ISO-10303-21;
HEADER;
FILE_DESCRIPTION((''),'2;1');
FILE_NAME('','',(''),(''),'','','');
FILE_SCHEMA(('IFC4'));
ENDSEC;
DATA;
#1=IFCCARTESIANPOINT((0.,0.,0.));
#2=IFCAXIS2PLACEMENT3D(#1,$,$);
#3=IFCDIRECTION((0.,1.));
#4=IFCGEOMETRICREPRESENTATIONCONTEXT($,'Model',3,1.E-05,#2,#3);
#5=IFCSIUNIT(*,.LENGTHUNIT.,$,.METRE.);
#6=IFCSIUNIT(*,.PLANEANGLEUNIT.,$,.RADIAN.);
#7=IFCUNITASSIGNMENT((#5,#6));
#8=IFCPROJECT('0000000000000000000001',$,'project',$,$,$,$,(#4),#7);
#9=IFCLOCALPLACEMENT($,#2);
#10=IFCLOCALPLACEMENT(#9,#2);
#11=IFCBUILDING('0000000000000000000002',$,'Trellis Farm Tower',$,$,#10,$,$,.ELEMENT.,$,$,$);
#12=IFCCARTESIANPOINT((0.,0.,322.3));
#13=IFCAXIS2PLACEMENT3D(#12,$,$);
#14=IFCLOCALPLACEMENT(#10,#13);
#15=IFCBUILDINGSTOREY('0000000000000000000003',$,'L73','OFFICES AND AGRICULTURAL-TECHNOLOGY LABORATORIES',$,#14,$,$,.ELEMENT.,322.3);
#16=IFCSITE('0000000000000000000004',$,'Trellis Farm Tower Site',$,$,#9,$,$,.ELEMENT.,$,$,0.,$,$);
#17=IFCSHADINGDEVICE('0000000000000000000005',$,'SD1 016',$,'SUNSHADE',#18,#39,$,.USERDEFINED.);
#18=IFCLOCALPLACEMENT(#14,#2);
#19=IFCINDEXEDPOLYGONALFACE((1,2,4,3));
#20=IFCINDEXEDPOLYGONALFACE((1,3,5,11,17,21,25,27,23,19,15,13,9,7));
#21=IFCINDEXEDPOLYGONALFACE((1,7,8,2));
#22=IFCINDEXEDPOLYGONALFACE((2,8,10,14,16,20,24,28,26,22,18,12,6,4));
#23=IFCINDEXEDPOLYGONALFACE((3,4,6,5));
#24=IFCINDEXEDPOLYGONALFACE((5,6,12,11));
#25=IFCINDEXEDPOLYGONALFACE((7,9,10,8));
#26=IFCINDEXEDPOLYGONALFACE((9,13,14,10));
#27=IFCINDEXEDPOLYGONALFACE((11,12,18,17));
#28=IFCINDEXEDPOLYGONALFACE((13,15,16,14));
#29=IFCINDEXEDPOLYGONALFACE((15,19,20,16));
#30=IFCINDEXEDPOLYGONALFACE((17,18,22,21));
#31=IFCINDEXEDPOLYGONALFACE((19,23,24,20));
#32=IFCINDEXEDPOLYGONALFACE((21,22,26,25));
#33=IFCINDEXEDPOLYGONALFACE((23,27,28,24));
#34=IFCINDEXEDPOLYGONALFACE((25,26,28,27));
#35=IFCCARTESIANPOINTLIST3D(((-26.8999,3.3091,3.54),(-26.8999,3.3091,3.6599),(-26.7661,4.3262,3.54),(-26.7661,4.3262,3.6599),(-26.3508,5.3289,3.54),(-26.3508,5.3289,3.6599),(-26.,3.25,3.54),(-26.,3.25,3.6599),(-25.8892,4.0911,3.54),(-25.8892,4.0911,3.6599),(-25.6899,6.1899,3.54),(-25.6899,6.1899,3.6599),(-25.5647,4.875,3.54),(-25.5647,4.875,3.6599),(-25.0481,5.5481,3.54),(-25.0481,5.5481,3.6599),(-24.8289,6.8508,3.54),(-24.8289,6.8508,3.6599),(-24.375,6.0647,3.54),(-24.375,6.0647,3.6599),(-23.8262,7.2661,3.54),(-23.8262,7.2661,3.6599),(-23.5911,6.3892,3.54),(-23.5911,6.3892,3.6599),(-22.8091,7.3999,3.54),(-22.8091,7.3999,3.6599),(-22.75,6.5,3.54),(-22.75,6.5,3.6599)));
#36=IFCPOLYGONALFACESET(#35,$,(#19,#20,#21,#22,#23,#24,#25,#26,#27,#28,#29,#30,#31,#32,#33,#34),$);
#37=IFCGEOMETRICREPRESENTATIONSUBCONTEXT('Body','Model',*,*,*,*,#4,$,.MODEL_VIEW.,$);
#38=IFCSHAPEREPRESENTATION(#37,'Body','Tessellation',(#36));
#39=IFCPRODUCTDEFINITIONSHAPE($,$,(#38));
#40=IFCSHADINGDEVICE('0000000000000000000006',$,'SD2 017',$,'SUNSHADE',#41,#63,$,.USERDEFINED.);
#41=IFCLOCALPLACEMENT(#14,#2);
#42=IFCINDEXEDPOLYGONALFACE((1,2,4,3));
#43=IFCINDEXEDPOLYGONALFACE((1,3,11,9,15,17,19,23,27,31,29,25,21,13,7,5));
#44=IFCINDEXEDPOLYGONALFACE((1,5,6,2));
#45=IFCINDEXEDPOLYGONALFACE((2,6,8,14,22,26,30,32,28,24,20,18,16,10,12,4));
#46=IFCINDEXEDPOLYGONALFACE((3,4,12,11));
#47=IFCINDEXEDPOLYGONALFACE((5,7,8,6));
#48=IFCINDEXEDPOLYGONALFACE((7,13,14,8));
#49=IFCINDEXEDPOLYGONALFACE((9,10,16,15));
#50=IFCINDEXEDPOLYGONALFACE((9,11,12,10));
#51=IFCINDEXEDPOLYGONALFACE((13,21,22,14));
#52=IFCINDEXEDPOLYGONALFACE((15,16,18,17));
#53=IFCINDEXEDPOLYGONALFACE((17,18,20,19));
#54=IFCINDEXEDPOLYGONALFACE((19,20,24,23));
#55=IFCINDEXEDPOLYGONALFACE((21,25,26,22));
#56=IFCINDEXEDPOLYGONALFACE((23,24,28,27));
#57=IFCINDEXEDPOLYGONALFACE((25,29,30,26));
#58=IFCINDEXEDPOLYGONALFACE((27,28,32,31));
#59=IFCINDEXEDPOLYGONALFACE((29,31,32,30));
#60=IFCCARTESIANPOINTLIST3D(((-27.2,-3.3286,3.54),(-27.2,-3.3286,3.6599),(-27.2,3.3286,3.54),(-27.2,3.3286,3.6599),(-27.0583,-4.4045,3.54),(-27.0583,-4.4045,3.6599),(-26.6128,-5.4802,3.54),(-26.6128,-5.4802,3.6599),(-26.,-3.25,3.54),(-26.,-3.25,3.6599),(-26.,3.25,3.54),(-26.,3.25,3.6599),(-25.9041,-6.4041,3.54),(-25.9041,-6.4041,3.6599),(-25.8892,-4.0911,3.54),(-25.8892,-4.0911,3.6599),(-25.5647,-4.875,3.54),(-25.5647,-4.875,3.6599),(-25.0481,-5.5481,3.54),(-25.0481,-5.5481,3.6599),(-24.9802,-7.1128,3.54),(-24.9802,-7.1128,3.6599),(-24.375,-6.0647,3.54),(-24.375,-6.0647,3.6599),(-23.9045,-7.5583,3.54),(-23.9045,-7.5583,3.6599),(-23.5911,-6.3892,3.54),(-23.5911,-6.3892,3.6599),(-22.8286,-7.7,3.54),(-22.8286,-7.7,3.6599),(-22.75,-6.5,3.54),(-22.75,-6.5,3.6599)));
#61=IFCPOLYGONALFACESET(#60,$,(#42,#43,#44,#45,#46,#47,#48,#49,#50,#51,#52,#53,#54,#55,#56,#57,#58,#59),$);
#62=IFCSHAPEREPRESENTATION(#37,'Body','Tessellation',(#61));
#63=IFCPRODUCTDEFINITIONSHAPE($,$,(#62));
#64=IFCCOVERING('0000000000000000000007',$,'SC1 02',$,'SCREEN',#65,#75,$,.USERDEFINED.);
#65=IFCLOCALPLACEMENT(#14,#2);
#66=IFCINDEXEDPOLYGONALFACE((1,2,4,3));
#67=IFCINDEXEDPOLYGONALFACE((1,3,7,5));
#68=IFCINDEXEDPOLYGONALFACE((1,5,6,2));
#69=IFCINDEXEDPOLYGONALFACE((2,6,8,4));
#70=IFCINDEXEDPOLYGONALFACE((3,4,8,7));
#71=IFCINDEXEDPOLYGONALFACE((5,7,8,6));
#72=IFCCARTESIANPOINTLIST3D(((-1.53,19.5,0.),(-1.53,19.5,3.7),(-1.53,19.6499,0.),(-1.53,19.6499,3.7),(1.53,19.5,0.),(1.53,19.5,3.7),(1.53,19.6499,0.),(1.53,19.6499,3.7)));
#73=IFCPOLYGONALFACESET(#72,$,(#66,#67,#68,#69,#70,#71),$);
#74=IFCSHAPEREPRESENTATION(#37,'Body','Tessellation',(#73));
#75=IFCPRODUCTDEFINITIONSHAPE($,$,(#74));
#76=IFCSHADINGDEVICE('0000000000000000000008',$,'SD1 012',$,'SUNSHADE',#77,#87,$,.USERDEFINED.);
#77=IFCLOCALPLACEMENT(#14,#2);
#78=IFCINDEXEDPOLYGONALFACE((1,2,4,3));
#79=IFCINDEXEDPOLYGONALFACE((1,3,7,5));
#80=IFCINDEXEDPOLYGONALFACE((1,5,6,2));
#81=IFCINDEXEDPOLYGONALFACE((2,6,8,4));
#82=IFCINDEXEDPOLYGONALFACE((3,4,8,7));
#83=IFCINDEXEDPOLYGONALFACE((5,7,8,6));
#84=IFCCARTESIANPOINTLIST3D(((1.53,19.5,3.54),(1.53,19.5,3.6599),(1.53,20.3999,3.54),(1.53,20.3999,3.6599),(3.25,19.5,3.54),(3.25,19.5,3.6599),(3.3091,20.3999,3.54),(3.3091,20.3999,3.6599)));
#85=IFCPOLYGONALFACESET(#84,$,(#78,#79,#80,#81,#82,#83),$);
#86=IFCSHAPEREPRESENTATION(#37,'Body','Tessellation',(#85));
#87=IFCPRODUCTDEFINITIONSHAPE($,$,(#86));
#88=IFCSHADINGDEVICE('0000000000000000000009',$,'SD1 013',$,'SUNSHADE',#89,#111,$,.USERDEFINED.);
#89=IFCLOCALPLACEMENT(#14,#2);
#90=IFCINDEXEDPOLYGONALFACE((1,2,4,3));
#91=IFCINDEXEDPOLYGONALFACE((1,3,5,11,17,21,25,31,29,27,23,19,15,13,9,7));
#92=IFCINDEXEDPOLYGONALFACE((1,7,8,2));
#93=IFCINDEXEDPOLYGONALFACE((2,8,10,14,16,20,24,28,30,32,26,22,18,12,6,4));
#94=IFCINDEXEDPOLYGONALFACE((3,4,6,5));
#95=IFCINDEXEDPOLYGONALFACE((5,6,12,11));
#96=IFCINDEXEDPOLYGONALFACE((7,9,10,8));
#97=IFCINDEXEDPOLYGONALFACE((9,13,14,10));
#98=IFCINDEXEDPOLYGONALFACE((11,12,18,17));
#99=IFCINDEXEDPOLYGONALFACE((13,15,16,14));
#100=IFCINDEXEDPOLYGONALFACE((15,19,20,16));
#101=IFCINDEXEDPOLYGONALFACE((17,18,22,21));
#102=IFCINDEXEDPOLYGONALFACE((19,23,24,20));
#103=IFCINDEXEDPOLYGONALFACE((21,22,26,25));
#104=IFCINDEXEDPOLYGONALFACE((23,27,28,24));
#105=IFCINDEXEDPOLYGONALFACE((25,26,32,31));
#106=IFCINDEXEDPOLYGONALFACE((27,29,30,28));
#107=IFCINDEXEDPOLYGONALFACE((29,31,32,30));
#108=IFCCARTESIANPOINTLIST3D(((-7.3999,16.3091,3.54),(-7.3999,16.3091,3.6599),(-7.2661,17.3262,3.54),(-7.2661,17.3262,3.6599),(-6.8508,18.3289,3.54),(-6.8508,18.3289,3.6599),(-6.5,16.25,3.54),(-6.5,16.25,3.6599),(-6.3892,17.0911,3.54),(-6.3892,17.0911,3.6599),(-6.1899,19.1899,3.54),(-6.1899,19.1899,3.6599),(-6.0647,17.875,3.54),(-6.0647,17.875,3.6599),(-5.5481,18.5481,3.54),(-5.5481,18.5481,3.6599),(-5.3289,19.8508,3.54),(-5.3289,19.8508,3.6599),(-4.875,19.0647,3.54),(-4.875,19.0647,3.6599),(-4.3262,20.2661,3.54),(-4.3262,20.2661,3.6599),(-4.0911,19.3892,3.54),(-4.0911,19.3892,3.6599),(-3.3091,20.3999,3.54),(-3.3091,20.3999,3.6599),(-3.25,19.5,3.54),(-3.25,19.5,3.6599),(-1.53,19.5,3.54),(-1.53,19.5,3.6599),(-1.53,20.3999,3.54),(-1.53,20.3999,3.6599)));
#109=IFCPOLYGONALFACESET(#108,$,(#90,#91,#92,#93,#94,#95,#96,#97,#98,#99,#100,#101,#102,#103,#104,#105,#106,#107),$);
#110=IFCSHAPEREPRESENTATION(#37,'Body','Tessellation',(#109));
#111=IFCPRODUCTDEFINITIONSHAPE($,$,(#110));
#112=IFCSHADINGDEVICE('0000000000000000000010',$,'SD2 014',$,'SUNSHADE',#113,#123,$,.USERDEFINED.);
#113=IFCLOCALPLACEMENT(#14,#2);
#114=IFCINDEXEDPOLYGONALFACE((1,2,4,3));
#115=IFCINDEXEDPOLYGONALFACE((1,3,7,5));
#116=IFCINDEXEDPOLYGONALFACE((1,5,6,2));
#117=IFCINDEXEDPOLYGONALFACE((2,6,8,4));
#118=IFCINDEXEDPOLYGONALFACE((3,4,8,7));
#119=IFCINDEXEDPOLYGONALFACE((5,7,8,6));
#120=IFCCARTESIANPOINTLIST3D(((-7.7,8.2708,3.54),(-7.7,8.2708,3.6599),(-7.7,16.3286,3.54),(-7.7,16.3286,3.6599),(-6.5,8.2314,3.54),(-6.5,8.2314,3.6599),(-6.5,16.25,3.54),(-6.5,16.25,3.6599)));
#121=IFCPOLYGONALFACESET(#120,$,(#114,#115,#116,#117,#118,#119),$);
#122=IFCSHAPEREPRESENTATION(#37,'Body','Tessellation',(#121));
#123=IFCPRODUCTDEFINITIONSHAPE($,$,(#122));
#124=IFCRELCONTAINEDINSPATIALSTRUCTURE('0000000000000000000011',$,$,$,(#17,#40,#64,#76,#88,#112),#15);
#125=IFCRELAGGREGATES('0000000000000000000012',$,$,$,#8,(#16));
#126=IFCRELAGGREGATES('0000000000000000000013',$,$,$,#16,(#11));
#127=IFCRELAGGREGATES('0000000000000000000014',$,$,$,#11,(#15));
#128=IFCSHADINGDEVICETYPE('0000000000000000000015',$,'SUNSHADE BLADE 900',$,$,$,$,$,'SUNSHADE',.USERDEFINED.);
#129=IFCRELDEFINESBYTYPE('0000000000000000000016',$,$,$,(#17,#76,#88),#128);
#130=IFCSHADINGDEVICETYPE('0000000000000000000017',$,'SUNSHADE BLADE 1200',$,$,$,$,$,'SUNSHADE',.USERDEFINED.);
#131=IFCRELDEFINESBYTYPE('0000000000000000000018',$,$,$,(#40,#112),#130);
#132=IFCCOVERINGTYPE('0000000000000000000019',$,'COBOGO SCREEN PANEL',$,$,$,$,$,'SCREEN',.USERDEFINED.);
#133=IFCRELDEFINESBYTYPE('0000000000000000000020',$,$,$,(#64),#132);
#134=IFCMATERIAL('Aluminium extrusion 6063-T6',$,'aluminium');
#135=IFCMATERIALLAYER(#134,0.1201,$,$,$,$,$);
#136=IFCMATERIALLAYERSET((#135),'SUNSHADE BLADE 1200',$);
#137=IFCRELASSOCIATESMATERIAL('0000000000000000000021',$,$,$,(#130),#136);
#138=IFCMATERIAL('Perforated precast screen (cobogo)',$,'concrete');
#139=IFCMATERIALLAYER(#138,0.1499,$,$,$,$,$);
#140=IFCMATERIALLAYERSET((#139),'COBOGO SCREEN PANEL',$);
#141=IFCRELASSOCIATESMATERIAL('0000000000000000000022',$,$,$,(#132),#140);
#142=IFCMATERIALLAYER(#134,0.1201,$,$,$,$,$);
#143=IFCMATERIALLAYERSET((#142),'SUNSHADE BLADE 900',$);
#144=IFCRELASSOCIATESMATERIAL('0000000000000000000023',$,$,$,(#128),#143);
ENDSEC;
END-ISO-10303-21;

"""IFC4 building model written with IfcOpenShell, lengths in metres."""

from ifc_helpers import new_model, si_unit, direction, frame, origin, place, context, subcontext, project, spatial, polyline, outline, extrude, source, transform, mapped, material, layer, layer_set, type_object, element, save


model = new_model("IFC4")

# Units and contexts
model_context = context("Model", 3, precision=1e-05, world=origin(), true_north=direction((0.0, 1.0)))
body_context = subcontext(model_context, "Body", "Model", "MODEL_VIEW")
ifc_project = project(units=[si_unit("LENGTHUNIT", "METRE"), si_unit("PLANEANGLEUNIT", "RADIAN")], contexts=[model_context])

# Site, building, storey
site_placement = place(None, origin())
site = spatial("IfcSite", under=ifc_project, at=site_placement, Name="Trellis Farm Tower Site", CompositionType="ELEMENT", RefElevation=0.0)
building_placement = place(site_placement, origin())
building = spatial("IfcBuilding", under=site, at=building_placement, Name="Trellis Farm Tower", CompositionType="ELEMENT")
storey_placement = place(building_placement, frame((0.0, 0.0, 322.3)))
storey = spatial("IfcBuildingStorey", under=building, at=storey_placement, Name="L73", Description="OFFICES AND AGRICULTURAL-TECHNOLOGY LABORATORIES", CompositionType="ELEMENT", Elevation=322.3)

# Shared definitions
placement_1 = place(storey_placement, origin())
ifc_material_1 = material(Name="Aluminium extrusion 6063-T6", Category="aluminium")

# Shared definitions
ifc_layer_1 = layer(ifc_material_1, 0.1201)
ifc_layer_set_1 = layer_set([ifc_layer_1], Name="SUNSHADE BLADE 1200")
shading_device_type_1 = type_object("IfcShadingDeviceType", Name="SUNSHADE BLADE 1200", ElementType="SUNSHADE", PredefinedType="USERDEFINED", material=ifc_layer_set_1)
placement_2 = place(storey_placement, frame((0.0, 0.0, 3.54)))

# Shared definitions
ifc_material_2 = material(Name="Perforated precast screen (cobogo)", Category="concrete")
ifc_layer_2 = layer(ifc_material_2, 0.1499)
ifc_layer_set_2 = layer_set([ifc_layer_2], Name="COBOGO SCREEN PANEL")
covering_type = type_object("IfcCoveringType", Name="COBOGO SCREEN PANEL", ElementType="SCREEN", PredefinedType="USERDEFINED", material=ifc_layer_set_2)

# Shading devices
ifc_layer_3 = layer(ifc_material_1, 0.1201)
ifc_layer_set_3 = layer_set([ifc_layer_3], Name="SUNSHADE BLADE 900")
shading_device_type_2 = type_object("IfcShadingDeviceType", Name="SUNSHADE BLADE 900", ElementType="SUNSHADE", PredefinedType="USERDEFINED", material=ifc_layer_set_3)
shared_shape_1 = source(origin(), body_context, "Body", "SweptSolid", [
    extrude(outline(polyline([(-22.8091, 7.3999), (-23.8262, 7.2661), (-24.8289, 6.8508), (-25.6899, 6.1899), (-26.3508, 5.3289), (-26.7661, 4.3262), (-26.8999, 3.3091), (-26.0, 3.25), (-25.8892, 4.0911), (-25.5647, 4.875), (-25.0481, 5.5481), (-24.375, 6.0647), (-23.5911, 6.3892), (-22.75, 6.5), (-22.8091, 7.3999)])), origin(), (0.0, 0.0, 1.0), 0.1199),
])
element("IfcShadingDevice", 1, at=placement_2, inside=storey, type_object=shading_device_type_2, Name="SD1 016", ObjectType="SUNSHADE", PredefinedType="USERDEFINED", context=body_context, shape_type="MappedRepresentation", body=[
    mapped(shared_shape_1, transform((0.0, 0.0, 0.0))),
])
shared_shape_2 = source(origin(), body_context, "Body", "SweptSolid", [
    extrude(outline(polyline([(-27.2, 3.3286), (-27.2, -3.3286), (-27.0583, -4.4045), (-26.6128, -5.4802), (-25.9041, -6.4041), (-24.9802, -7.1128), (-23.9045, -7.5583), (-22.8286, -7.7), (-22.75, -6.5), (-23.5911, -6.3892), (-24.375, -6.0647), (-25.0481, -5.5481), (-25.5647, -4.875), (-25.8892, -4.0911), (-26.0, -3.25), (-26.0, 3.25), (-27.2, 3.3286)])), origin(), (0.0, 0.0, 1.0), 0.1199),
])
element("IfcShadingDevice", 2, at=placement_2, inside=storey, type_object=shading_device_type_1, Name="SD2 017", ObjectType="SUNSHADE", PredefinedType="USERDEFINED", context=body_context, shape_type="MappedRepresentation", body=[
    mapped(shared_shape_2, transform((0.0, 0.0, 0.0))),
])

# Covering
shared_shape_3 = source(origin(), body_context, "Body", "SweptSolid", [
    extrude(outline(polyline([(1.53, 19.6499), (-1.53, 19.6499), (-1.53, 19.5), (1.53, 19.5), (1.53, 19.6499)])), origin(), (0.0, 0.0, 1.0), 3.7),
])
element("IfcCovering", 3, at=placement_1, inside=storey, type_object=covering_type, Name="SC1 02", ObjectType="SCREEN", PredefinedType="USERDEFINED", context=body_context, shape_type="MappedRepresentation", body=[
    mapped(shared_shape_3, transform((0.0, 0.0, 0.0))),
])

# Shading devices
shared_shape_4 = source(origin(), body_context, "Body", "SweptSolid", [
    extrude(outline(polyline([(3.3091, 20.3999), (1.53, 20.3999), (1.53, 19.5), (3.25, 19.5), (3.3091, 20.3999)])), origin(), (0.0, 0.0, 1.0), 0.1199),
])
element("IfcShadingDevice", 4, at=placement_2, inside=storey, type_object=shading_device_type_2, Name="SD1 012", ObjectType="SUNSHADE", PredefinedType="USERDEFINED", context=body_context, shape_type="MappedRepresentation", body=[
    mapped(shared_shape_4, transform((0.0, 0.0, 0.0))),
])
shared_shape_5 = source(origin(), body_context, "Body", "SweptSolid", [
    extrude(outline(polyline([(-1.53, 20.3999), (-3.3091, 20.3999), (-4.3262, 20.2661), (-5.3289, 19.8508), (-6.1899, 19.1899), (-6.8508, 18.3289), (-7.2661, 17.3262), (-7.3999, 16.3091), (-6.5, 16.25), (-6.3892, 17.0911), (-6.0647, 17.875), (-5.5481, 18.5481), (-4.875, 19.0647), (-4.0911, 19.3892), (-3.25, 19.5), (-1.53, 19.5), (-1.53, 20.3999)])), origin(), (0.0, 0.0, 1.0), 0.1199),
])
element("IfcShadingDevice", 5, at=placement_2, inside=storey, type_object=shading_device_type_2, Name="SD1 013", ObjectType="SUNSHADE", PredefinedType="USERDEFINED", context=body_context, shape_type="MappedRepresentation", body=[
    mapped(shared_shape_5, transform((0.0, 0.0, 0.0))),
])
shared_shape_6 = source(origin(), body_context, "Body", "SweptSolid", [
    extrude(outline(polyline([(-7.7, 16.3286), (-7.7, 8.2708), (-6.5, 8.2314), (-6.5, 16.25), (-7.7, 16.3286)])), origin(), (0.0, 0.0, 1.0), 0.1199),
])
element("IfcShadingDevice", 6, at=placement_2, inside=storey, type_object=shading_device_type_1, Name="SD2 014", ObjectType="SUNSHADE", PredefinedType="USERDEFINED", context=body_context, shape_type="MappedRepresentation", body=[
    mapped(shared_shape_6, transform((0.0, 0.0, 0.0))),
])

save(model, "model.ifc")
